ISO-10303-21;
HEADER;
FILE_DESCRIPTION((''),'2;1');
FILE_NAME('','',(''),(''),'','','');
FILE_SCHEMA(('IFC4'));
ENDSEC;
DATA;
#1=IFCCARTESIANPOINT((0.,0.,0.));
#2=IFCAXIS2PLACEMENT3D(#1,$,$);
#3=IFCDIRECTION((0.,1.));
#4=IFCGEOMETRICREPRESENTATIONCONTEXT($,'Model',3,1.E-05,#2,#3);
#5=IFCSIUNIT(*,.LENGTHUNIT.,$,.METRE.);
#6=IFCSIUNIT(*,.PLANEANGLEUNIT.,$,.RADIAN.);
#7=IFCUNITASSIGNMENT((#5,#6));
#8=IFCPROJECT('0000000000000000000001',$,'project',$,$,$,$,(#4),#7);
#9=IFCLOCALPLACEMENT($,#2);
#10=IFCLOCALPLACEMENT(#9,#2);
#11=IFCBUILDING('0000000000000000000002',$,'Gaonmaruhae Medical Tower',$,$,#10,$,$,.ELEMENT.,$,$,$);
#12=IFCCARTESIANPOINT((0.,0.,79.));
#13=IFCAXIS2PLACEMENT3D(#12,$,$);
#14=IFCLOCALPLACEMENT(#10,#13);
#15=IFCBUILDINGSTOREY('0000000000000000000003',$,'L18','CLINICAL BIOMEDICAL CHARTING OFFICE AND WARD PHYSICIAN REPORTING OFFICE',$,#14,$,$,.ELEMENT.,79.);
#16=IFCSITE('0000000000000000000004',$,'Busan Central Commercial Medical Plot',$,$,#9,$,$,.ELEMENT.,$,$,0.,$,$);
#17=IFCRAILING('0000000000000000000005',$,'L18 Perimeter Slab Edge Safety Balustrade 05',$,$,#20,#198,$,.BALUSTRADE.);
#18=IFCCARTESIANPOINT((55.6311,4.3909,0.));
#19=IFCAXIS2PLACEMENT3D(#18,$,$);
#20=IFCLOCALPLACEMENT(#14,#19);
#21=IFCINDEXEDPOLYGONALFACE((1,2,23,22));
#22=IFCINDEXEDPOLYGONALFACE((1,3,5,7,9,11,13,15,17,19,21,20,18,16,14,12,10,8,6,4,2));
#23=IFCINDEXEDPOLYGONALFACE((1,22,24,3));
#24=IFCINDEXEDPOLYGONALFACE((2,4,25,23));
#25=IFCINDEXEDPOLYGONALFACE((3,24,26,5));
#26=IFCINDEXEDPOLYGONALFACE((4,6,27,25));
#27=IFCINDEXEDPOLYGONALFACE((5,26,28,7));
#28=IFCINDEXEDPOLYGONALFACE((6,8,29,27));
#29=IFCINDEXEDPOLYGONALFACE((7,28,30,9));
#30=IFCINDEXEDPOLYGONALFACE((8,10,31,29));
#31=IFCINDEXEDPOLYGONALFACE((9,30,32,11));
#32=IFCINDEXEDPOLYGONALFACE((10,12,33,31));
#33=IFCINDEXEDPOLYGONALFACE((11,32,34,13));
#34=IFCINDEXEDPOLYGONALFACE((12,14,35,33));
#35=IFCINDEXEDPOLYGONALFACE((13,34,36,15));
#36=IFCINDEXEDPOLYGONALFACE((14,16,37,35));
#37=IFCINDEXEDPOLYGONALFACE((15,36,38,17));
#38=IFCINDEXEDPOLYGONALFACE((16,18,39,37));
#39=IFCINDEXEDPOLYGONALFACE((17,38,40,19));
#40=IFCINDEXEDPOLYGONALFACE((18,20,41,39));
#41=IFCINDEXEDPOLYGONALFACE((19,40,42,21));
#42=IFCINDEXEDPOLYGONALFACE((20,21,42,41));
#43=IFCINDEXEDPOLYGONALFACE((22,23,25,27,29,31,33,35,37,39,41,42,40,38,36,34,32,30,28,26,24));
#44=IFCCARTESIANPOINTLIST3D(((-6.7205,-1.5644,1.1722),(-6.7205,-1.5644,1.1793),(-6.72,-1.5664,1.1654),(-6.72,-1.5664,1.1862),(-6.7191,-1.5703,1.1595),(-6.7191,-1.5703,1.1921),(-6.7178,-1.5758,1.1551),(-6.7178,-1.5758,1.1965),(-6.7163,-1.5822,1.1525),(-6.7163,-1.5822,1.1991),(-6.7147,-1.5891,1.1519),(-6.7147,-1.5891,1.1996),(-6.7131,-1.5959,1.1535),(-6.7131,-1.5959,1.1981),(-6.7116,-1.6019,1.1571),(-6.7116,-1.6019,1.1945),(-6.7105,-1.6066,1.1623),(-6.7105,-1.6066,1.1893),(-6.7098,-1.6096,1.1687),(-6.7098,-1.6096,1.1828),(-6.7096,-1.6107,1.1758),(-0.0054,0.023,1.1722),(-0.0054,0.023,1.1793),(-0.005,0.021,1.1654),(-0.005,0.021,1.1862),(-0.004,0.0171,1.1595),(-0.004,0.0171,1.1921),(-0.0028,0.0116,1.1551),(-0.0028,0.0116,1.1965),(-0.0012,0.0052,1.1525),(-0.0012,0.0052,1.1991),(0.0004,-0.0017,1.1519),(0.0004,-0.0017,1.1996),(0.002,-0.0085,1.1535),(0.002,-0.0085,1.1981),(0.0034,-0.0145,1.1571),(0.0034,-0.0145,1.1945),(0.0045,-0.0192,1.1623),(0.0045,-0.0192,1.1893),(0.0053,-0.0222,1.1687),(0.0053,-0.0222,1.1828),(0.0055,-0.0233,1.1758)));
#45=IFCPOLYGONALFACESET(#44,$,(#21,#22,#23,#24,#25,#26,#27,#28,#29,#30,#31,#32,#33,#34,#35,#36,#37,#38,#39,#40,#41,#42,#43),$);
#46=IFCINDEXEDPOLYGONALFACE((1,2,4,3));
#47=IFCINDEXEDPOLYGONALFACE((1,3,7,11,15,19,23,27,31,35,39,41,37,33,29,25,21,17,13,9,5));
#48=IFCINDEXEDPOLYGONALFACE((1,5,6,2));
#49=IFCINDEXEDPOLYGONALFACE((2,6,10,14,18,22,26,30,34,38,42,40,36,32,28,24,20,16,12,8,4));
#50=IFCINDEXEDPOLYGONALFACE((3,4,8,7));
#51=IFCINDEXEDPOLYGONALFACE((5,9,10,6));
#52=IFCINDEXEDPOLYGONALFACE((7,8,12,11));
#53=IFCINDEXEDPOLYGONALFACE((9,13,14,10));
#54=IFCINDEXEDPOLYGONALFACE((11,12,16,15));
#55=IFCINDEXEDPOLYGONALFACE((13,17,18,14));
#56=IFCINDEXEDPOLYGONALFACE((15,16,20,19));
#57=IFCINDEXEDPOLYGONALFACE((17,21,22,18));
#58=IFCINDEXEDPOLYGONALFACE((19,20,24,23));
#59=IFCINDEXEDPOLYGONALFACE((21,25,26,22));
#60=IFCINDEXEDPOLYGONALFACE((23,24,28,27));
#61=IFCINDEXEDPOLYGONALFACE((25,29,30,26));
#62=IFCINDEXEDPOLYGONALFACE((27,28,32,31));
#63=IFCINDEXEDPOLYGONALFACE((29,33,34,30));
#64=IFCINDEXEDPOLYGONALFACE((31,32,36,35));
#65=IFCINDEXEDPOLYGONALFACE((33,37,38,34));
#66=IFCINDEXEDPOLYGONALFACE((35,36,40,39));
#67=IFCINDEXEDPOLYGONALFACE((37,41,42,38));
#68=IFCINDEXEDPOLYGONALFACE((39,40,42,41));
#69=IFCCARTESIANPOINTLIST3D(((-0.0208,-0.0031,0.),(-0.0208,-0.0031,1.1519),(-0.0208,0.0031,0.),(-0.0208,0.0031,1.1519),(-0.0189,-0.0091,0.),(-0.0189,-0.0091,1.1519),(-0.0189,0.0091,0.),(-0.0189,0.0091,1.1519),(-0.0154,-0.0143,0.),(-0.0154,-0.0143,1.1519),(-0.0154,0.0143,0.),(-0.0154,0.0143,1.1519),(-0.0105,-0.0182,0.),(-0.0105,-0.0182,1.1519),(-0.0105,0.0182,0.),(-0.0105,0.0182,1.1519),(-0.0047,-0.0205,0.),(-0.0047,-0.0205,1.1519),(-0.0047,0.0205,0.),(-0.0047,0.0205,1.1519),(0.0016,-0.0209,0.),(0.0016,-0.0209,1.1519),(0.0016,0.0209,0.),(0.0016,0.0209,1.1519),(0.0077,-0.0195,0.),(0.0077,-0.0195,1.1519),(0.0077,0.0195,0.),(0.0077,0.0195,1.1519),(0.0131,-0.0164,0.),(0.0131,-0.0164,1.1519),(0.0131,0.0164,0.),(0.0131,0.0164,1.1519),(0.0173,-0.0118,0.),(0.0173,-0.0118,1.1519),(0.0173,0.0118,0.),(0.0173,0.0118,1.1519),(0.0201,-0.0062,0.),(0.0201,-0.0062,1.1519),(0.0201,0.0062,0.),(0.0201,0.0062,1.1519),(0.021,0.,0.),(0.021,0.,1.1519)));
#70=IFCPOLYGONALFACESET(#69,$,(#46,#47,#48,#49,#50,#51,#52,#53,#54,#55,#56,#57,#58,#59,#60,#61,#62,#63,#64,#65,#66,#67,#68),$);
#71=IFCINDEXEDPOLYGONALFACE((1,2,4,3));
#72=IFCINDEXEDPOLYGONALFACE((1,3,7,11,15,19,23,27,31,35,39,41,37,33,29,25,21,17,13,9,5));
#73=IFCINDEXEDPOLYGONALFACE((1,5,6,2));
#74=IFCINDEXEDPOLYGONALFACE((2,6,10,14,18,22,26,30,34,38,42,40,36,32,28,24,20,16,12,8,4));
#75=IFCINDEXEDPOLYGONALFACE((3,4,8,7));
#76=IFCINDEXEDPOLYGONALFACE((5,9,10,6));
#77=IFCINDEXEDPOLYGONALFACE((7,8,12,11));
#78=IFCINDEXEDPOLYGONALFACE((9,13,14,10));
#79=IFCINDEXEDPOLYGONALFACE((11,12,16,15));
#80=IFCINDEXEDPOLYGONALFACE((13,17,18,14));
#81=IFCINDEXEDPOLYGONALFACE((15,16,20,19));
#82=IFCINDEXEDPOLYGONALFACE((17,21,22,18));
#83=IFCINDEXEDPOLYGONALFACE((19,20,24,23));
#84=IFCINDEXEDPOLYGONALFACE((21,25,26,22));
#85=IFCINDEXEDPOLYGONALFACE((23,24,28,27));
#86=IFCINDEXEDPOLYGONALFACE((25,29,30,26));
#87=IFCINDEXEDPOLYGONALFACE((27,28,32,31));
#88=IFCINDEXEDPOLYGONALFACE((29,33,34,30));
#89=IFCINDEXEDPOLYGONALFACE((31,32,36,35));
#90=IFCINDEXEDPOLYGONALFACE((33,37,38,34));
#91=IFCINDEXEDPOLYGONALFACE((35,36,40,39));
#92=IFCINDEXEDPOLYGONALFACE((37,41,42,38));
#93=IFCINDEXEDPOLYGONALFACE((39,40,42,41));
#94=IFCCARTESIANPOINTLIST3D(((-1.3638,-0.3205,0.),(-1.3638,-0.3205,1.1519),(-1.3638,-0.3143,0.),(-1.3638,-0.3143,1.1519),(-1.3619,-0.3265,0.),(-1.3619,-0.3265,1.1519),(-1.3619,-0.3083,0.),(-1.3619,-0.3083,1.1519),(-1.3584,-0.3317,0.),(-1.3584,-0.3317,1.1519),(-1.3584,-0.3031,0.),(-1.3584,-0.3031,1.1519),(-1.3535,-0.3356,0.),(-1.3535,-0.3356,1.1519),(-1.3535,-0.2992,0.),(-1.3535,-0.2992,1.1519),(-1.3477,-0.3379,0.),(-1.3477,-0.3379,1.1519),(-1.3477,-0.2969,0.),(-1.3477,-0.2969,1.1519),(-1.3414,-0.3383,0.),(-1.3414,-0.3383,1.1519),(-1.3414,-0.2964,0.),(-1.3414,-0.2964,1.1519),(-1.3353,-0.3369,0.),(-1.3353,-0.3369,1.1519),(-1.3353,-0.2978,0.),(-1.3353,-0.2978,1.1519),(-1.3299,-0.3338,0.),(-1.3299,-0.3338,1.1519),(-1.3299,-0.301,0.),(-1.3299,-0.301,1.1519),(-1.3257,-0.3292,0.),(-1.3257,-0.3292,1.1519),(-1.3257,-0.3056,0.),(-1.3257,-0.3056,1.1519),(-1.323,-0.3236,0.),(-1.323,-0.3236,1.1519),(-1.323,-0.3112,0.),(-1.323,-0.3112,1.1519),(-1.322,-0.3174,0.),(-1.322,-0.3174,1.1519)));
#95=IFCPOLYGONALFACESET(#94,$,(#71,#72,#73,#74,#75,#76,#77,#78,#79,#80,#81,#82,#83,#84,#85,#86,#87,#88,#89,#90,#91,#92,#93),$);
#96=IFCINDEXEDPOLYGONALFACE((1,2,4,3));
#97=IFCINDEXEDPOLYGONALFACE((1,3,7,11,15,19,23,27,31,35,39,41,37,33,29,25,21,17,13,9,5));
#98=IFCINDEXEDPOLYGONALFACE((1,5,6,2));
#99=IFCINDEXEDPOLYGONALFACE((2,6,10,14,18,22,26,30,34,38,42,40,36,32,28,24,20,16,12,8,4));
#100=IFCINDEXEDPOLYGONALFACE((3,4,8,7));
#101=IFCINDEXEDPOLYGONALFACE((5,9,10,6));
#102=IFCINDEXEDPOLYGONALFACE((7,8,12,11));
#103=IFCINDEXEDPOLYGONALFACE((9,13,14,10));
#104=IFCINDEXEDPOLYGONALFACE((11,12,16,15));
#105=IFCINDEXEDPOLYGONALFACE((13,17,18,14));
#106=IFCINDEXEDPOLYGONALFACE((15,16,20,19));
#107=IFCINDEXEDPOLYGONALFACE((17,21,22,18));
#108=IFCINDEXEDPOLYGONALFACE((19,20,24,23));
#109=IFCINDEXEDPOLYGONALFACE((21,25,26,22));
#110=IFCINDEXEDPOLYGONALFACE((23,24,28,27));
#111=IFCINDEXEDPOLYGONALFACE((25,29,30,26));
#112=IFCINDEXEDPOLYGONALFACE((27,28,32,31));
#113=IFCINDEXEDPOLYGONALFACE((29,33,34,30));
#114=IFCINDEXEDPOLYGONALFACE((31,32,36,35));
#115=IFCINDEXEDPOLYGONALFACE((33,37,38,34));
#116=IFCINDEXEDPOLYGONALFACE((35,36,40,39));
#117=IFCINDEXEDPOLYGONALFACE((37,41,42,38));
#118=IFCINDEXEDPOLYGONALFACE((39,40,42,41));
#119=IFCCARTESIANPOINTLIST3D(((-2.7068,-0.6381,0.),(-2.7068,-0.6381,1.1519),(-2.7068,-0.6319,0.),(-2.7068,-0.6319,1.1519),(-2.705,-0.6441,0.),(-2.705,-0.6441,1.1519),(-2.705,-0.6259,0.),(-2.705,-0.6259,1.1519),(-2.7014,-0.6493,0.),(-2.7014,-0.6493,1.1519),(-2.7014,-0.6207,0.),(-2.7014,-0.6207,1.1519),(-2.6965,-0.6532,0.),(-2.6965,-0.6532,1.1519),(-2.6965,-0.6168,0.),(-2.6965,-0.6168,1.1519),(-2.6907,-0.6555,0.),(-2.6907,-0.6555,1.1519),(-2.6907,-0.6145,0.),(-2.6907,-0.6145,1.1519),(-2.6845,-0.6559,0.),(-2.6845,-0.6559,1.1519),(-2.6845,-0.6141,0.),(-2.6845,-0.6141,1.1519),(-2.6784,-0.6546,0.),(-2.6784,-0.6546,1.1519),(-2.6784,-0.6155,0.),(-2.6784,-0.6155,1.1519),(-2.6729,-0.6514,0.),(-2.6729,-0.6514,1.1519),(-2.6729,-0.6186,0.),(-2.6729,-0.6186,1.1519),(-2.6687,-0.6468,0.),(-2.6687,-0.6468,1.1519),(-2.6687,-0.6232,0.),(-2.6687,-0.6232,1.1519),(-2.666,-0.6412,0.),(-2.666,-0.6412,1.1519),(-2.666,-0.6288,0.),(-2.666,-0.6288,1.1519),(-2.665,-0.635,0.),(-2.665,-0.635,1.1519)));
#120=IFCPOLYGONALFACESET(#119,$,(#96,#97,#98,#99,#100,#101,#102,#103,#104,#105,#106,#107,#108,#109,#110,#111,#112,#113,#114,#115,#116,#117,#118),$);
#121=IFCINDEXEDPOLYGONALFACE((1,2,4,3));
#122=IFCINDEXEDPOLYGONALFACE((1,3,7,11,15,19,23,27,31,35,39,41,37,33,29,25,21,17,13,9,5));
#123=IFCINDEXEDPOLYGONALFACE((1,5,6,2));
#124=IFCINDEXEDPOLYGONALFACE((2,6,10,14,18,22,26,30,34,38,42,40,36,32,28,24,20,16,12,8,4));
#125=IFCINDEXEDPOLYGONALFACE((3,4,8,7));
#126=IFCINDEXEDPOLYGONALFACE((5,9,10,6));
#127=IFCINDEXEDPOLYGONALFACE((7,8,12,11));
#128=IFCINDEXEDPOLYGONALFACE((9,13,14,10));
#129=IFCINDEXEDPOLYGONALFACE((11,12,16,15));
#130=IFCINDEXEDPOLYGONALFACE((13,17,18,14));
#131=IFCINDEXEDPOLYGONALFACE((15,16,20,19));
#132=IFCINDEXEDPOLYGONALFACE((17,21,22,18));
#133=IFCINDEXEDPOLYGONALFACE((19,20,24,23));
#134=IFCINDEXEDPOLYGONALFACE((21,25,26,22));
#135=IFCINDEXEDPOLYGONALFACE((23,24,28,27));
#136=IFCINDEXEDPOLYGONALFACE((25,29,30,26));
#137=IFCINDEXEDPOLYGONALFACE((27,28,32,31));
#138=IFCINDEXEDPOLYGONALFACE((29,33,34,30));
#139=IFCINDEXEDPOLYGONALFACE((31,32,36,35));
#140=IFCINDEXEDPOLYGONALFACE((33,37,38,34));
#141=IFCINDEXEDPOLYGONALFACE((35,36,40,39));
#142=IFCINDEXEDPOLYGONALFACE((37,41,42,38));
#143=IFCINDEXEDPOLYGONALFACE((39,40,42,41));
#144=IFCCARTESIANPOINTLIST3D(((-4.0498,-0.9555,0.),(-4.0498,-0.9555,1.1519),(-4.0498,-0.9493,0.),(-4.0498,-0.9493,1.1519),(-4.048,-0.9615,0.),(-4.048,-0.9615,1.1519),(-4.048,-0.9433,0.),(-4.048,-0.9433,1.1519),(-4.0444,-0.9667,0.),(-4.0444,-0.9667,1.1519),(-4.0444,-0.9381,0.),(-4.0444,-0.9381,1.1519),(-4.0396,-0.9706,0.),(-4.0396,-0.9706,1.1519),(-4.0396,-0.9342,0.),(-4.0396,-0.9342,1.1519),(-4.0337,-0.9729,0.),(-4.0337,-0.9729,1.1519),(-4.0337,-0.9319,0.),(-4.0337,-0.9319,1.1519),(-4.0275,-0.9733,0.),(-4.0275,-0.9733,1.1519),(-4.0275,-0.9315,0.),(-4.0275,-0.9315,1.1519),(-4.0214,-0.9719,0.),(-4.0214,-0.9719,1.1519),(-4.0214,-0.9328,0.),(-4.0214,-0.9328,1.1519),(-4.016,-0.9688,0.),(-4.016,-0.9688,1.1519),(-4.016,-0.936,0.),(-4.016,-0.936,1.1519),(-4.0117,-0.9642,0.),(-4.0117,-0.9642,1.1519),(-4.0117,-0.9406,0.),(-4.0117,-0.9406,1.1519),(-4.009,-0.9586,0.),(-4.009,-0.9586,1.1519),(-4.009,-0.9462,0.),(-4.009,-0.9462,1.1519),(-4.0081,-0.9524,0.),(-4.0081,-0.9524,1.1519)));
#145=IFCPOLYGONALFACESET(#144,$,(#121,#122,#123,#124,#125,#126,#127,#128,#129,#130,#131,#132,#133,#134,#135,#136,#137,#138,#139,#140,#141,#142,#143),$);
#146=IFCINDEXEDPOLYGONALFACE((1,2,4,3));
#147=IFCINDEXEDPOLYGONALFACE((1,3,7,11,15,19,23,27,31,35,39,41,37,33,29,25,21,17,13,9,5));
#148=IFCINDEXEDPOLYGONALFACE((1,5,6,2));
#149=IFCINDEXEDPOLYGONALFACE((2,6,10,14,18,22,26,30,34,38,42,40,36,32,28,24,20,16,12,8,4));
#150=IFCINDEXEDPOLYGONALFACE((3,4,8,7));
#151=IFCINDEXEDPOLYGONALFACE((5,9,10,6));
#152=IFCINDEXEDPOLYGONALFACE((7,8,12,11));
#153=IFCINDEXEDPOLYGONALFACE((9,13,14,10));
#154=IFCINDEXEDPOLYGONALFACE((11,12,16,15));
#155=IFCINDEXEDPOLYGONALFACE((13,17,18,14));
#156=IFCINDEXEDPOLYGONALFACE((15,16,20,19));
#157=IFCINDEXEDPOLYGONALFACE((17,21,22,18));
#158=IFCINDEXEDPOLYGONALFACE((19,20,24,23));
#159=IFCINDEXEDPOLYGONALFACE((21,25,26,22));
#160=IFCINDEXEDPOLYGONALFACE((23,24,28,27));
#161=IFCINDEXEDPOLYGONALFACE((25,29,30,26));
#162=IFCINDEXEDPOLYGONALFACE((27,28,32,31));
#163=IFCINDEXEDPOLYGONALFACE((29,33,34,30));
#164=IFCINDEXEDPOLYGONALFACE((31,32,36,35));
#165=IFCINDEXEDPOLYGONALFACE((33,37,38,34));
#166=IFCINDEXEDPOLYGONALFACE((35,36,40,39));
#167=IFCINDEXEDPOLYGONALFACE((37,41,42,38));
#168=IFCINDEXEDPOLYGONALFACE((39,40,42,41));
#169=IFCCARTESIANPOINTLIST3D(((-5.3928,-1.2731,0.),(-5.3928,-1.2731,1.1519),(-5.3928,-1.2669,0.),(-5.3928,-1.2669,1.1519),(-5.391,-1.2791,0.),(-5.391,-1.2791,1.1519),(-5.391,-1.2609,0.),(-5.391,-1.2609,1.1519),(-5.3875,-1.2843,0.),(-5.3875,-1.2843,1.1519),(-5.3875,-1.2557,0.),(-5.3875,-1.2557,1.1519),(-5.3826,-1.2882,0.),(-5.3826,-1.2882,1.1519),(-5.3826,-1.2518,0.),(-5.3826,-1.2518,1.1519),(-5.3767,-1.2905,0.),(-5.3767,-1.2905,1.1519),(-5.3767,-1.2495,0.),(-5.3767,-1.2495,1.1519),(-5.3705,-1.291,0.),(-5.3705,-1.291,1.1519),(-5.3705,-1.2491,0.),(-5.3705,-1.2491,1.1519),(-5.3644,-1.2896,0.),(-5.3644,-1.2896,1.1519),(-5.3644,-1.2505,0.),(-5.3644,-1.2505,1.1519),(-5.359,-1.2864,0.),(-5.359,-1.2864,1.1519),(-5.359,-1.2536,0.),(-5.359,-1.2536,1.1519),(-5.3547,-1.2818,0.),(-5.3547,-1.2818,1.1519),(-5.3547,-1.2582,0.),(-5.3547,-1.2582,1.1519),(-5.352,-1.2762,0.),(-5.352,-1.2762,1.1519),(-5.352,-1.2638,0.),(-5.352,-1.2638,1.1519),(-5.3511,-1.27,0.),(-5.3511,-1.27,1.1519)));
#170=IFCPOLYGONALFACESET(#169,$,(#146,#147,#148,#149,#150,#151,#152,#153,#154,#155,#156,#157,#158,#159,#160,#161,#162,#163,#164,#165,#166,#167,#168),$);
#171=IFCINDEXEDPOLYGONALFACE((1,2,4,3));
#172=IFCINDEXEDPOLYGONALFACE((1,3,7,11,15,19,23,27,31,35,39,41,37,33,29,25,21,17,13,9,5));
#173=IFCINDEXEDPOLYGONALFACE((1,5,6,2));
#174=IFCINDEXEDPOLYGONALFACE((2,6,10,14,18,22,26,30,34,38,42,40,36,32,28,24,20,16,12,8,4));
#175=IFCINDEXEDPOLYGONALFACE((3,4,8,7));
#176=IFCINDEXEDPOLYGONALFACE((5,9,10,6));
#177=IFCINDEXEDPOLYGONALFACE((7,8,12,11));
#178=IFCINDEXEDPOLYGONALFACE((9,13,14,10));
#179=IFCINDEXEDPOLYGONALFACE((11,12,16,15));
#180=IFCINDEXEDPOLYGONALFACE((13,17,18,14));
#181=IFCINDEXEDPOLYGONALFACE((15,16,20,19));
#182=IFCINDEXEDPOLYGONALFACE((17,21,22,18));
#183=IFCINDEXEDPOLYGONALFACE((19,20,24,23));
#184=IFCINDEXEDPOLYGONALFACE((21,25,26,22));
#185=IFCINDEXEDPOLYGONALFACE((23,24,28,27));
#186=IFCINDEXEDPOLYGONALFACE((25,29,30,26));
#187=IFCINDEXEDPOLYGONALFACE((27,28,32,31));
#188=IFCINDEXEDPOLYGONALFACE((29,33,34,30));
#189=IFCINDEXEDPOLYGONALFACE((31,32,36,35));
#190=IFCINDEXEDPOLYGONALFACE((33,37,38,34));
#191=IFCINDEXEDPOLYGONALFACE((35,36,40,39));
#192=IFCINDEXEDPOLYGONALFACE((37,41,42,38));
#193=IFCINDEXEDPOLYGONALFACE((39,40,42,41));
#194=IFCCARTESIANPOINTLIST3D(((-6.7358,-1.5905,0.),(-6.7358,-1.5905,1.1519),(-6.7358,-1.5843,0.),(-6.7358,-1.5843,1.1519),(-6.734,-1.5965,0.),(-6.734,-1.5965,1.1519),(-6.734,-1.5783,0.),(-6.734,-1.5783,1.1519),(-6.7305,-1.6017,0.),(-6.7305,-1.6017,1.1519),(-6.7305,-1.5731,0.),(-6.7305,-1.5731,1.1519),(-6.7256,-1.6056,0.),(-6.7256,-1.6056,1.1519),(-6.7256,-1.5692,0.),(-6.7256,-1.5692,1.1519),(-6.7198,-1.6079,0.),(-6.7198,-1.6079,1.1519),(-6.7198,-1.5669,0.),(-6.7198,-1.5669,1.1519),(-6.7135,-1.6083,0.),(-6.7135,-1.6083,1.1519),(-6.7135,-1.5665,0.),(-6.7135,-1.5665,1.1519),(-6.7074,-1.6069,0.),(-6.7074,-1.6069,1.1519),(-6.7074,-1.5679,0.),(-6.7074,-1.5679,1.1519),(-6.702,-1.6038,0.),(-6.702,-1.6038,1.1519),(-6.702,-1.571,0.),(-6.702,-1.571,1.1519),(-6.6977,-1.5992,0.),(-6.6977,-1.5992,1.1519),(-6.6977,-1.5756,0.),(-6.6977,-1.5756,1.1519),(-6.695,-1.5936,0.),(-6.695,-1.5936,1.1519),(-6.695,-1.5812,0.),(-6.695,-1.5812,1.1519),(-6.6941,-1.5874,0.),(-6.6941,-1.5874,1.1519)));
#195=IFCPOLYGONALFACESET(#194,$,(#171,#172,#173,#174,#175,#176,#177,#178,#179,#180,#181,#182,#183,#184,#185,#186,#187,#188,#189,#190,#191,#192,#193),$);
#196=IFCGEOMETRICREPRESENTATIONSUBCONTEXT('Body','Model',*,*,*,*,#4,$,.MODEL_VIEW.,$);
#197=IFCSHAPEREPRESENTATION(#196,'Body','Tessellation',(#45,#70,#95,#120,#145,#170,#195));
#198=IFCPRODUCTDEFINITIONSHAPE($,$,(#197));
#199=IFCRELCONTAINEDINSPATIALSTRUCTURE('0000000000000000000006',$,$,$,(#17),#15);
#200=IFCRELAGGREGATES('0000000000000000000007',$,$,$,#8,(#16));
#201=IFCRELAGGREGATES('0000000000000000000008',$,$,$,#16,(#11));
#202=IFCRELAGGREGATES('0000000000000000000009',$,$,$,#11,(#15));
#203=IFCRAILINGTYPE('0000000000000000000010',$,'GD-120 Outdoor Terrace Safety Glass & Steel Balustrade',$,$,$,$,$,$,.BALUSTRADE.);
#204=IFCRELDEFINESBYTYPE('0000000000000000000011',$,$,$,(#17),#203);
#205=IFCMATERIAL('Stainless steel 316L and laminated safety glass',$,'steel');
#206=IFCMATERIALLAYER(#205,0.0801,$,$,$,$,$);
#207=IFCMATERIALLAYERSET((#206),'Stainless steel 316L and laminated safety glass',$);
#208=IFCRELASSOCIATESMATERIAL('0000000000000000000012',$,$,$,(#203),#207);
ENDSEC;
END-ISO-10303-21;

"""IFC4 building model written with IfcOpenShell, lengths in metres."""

from ifc_helpers import new_model, si_unit, direction, frame, origin, origin_2d, place, context, subcontext, project, spatial, circle, extrude, material, layer, layer_set, type_object, element, save


model = new_model("IFC4")

# Units and contexts
model_context = context("Model", 3, precision=1e-05, world=origin(), true_north=direction((0.0, 1.0)))
body_context = subcontext(model_context, "Body", "Model", "MODEL_VIEW")
ifc_project = project(units=[si_unit("LENGTHUNIT", "METRE"), si_unit("PLANEANGLEUNIT", "RADIAN")], contexts=[model_context])

# Site, building, storey
site_placement = place(None, origin())
site = spatial("IfcSite", under=ifc_project, at=site_placement, Name="Busan Central Commercial Medical Plot", CompositionType="ELEMENT", RefElevation=0.0)
building_placement = place(site_placement, origin())
building = spatial("IfcBuilding", under=site, at=building_placement, Name="Gaonmaruhae Medical Tower", CompositionType="ELEMENT")
storey_placement = place(building_placement, frame((0.0, 0.0, 79.0)))
storey = spatial("IfcBuildingStorey", under=building, at=storey_placement, Name="L18", Description="CLINICAL BIOMEDICAL CHARTING OFFICE AND WARD PHYSICIAN REPORTING OFFICE", CompositionType="ELEMENT", Elevation=79.0)

# Railing
ifc_material_1 = material(Name="Stainless steel 316L and laminated safety glass", Category="steel")
ifc_layer_1 = layer(ifc_material_1, 0.0801)
ifc_layer_set_1 = layer_set([ifc_layer_1], Name="Stainless steel 316L and laminated safety glass")
railing_type_1 = type_object("IfcRailingType", Name="GD-120 Outdoor Terrace Safety Glass & Steel Balustrade", PredefinedType="BALUSTRADE", material=ifc_layer_set_1)
railing_1_placement = place(storey_placement, frame((55.6311, 4.3909, 0.0)))
element("IfcRailing", 1, at=railing_1_placement, inside=storey, type_object=railing_type_1, Name="L18 Perimeter Slab Edge Safety Balustrade 05", PredefinedType="BALUSTRADE", context=body_context, shape_type="SweptSolid", body=[
    extrude(circle(Radius=0.0239, at=origin_2d()), frame((0.0, 0.0, 1.1758), z_axis=(-0.973178, -0.230053, 0.0), x_axis=(0.230053, -0.973178, 0.0)), (0.0, 0.0, 1.0), 6.9001),
    extrude(circle(Radius=0.021, at=origin_2d()), origin(), (0.0, 0.0, 1.0), 1.1519),
    extrude(circle(Radius=0.021, at=origin_2d()), frame((-1.343, -0.3174, 0.0)), (0.0, 0.0, 1.0), 1.1519),
    extrude(circle(Radius=0.021, at=origin_2d()), frame((-2.686, -0.635, 0.0)), (0.0, 0.0, 1.0), 1.1519),
    extrude(circle(Radius=0.021, at=origin_2d()), frame((-4.0291, -0.9524, 0.0)), (0.0, 0.0, 1.0), 1.1519),
    extrude(circle(Radius=0.021, at=origin_2d()), frame((-5.3721, -1.27, 0.0)), (0.0, 0.0, 1.0), 1.1519),
    extrude(circle(Radius=0.021, at=origin_2d()), frame((-6.7151, -1.5874, 0.0)), (0.0, 0.0, 1.0), 1.1519),
])

save(model, "model.ifc")
